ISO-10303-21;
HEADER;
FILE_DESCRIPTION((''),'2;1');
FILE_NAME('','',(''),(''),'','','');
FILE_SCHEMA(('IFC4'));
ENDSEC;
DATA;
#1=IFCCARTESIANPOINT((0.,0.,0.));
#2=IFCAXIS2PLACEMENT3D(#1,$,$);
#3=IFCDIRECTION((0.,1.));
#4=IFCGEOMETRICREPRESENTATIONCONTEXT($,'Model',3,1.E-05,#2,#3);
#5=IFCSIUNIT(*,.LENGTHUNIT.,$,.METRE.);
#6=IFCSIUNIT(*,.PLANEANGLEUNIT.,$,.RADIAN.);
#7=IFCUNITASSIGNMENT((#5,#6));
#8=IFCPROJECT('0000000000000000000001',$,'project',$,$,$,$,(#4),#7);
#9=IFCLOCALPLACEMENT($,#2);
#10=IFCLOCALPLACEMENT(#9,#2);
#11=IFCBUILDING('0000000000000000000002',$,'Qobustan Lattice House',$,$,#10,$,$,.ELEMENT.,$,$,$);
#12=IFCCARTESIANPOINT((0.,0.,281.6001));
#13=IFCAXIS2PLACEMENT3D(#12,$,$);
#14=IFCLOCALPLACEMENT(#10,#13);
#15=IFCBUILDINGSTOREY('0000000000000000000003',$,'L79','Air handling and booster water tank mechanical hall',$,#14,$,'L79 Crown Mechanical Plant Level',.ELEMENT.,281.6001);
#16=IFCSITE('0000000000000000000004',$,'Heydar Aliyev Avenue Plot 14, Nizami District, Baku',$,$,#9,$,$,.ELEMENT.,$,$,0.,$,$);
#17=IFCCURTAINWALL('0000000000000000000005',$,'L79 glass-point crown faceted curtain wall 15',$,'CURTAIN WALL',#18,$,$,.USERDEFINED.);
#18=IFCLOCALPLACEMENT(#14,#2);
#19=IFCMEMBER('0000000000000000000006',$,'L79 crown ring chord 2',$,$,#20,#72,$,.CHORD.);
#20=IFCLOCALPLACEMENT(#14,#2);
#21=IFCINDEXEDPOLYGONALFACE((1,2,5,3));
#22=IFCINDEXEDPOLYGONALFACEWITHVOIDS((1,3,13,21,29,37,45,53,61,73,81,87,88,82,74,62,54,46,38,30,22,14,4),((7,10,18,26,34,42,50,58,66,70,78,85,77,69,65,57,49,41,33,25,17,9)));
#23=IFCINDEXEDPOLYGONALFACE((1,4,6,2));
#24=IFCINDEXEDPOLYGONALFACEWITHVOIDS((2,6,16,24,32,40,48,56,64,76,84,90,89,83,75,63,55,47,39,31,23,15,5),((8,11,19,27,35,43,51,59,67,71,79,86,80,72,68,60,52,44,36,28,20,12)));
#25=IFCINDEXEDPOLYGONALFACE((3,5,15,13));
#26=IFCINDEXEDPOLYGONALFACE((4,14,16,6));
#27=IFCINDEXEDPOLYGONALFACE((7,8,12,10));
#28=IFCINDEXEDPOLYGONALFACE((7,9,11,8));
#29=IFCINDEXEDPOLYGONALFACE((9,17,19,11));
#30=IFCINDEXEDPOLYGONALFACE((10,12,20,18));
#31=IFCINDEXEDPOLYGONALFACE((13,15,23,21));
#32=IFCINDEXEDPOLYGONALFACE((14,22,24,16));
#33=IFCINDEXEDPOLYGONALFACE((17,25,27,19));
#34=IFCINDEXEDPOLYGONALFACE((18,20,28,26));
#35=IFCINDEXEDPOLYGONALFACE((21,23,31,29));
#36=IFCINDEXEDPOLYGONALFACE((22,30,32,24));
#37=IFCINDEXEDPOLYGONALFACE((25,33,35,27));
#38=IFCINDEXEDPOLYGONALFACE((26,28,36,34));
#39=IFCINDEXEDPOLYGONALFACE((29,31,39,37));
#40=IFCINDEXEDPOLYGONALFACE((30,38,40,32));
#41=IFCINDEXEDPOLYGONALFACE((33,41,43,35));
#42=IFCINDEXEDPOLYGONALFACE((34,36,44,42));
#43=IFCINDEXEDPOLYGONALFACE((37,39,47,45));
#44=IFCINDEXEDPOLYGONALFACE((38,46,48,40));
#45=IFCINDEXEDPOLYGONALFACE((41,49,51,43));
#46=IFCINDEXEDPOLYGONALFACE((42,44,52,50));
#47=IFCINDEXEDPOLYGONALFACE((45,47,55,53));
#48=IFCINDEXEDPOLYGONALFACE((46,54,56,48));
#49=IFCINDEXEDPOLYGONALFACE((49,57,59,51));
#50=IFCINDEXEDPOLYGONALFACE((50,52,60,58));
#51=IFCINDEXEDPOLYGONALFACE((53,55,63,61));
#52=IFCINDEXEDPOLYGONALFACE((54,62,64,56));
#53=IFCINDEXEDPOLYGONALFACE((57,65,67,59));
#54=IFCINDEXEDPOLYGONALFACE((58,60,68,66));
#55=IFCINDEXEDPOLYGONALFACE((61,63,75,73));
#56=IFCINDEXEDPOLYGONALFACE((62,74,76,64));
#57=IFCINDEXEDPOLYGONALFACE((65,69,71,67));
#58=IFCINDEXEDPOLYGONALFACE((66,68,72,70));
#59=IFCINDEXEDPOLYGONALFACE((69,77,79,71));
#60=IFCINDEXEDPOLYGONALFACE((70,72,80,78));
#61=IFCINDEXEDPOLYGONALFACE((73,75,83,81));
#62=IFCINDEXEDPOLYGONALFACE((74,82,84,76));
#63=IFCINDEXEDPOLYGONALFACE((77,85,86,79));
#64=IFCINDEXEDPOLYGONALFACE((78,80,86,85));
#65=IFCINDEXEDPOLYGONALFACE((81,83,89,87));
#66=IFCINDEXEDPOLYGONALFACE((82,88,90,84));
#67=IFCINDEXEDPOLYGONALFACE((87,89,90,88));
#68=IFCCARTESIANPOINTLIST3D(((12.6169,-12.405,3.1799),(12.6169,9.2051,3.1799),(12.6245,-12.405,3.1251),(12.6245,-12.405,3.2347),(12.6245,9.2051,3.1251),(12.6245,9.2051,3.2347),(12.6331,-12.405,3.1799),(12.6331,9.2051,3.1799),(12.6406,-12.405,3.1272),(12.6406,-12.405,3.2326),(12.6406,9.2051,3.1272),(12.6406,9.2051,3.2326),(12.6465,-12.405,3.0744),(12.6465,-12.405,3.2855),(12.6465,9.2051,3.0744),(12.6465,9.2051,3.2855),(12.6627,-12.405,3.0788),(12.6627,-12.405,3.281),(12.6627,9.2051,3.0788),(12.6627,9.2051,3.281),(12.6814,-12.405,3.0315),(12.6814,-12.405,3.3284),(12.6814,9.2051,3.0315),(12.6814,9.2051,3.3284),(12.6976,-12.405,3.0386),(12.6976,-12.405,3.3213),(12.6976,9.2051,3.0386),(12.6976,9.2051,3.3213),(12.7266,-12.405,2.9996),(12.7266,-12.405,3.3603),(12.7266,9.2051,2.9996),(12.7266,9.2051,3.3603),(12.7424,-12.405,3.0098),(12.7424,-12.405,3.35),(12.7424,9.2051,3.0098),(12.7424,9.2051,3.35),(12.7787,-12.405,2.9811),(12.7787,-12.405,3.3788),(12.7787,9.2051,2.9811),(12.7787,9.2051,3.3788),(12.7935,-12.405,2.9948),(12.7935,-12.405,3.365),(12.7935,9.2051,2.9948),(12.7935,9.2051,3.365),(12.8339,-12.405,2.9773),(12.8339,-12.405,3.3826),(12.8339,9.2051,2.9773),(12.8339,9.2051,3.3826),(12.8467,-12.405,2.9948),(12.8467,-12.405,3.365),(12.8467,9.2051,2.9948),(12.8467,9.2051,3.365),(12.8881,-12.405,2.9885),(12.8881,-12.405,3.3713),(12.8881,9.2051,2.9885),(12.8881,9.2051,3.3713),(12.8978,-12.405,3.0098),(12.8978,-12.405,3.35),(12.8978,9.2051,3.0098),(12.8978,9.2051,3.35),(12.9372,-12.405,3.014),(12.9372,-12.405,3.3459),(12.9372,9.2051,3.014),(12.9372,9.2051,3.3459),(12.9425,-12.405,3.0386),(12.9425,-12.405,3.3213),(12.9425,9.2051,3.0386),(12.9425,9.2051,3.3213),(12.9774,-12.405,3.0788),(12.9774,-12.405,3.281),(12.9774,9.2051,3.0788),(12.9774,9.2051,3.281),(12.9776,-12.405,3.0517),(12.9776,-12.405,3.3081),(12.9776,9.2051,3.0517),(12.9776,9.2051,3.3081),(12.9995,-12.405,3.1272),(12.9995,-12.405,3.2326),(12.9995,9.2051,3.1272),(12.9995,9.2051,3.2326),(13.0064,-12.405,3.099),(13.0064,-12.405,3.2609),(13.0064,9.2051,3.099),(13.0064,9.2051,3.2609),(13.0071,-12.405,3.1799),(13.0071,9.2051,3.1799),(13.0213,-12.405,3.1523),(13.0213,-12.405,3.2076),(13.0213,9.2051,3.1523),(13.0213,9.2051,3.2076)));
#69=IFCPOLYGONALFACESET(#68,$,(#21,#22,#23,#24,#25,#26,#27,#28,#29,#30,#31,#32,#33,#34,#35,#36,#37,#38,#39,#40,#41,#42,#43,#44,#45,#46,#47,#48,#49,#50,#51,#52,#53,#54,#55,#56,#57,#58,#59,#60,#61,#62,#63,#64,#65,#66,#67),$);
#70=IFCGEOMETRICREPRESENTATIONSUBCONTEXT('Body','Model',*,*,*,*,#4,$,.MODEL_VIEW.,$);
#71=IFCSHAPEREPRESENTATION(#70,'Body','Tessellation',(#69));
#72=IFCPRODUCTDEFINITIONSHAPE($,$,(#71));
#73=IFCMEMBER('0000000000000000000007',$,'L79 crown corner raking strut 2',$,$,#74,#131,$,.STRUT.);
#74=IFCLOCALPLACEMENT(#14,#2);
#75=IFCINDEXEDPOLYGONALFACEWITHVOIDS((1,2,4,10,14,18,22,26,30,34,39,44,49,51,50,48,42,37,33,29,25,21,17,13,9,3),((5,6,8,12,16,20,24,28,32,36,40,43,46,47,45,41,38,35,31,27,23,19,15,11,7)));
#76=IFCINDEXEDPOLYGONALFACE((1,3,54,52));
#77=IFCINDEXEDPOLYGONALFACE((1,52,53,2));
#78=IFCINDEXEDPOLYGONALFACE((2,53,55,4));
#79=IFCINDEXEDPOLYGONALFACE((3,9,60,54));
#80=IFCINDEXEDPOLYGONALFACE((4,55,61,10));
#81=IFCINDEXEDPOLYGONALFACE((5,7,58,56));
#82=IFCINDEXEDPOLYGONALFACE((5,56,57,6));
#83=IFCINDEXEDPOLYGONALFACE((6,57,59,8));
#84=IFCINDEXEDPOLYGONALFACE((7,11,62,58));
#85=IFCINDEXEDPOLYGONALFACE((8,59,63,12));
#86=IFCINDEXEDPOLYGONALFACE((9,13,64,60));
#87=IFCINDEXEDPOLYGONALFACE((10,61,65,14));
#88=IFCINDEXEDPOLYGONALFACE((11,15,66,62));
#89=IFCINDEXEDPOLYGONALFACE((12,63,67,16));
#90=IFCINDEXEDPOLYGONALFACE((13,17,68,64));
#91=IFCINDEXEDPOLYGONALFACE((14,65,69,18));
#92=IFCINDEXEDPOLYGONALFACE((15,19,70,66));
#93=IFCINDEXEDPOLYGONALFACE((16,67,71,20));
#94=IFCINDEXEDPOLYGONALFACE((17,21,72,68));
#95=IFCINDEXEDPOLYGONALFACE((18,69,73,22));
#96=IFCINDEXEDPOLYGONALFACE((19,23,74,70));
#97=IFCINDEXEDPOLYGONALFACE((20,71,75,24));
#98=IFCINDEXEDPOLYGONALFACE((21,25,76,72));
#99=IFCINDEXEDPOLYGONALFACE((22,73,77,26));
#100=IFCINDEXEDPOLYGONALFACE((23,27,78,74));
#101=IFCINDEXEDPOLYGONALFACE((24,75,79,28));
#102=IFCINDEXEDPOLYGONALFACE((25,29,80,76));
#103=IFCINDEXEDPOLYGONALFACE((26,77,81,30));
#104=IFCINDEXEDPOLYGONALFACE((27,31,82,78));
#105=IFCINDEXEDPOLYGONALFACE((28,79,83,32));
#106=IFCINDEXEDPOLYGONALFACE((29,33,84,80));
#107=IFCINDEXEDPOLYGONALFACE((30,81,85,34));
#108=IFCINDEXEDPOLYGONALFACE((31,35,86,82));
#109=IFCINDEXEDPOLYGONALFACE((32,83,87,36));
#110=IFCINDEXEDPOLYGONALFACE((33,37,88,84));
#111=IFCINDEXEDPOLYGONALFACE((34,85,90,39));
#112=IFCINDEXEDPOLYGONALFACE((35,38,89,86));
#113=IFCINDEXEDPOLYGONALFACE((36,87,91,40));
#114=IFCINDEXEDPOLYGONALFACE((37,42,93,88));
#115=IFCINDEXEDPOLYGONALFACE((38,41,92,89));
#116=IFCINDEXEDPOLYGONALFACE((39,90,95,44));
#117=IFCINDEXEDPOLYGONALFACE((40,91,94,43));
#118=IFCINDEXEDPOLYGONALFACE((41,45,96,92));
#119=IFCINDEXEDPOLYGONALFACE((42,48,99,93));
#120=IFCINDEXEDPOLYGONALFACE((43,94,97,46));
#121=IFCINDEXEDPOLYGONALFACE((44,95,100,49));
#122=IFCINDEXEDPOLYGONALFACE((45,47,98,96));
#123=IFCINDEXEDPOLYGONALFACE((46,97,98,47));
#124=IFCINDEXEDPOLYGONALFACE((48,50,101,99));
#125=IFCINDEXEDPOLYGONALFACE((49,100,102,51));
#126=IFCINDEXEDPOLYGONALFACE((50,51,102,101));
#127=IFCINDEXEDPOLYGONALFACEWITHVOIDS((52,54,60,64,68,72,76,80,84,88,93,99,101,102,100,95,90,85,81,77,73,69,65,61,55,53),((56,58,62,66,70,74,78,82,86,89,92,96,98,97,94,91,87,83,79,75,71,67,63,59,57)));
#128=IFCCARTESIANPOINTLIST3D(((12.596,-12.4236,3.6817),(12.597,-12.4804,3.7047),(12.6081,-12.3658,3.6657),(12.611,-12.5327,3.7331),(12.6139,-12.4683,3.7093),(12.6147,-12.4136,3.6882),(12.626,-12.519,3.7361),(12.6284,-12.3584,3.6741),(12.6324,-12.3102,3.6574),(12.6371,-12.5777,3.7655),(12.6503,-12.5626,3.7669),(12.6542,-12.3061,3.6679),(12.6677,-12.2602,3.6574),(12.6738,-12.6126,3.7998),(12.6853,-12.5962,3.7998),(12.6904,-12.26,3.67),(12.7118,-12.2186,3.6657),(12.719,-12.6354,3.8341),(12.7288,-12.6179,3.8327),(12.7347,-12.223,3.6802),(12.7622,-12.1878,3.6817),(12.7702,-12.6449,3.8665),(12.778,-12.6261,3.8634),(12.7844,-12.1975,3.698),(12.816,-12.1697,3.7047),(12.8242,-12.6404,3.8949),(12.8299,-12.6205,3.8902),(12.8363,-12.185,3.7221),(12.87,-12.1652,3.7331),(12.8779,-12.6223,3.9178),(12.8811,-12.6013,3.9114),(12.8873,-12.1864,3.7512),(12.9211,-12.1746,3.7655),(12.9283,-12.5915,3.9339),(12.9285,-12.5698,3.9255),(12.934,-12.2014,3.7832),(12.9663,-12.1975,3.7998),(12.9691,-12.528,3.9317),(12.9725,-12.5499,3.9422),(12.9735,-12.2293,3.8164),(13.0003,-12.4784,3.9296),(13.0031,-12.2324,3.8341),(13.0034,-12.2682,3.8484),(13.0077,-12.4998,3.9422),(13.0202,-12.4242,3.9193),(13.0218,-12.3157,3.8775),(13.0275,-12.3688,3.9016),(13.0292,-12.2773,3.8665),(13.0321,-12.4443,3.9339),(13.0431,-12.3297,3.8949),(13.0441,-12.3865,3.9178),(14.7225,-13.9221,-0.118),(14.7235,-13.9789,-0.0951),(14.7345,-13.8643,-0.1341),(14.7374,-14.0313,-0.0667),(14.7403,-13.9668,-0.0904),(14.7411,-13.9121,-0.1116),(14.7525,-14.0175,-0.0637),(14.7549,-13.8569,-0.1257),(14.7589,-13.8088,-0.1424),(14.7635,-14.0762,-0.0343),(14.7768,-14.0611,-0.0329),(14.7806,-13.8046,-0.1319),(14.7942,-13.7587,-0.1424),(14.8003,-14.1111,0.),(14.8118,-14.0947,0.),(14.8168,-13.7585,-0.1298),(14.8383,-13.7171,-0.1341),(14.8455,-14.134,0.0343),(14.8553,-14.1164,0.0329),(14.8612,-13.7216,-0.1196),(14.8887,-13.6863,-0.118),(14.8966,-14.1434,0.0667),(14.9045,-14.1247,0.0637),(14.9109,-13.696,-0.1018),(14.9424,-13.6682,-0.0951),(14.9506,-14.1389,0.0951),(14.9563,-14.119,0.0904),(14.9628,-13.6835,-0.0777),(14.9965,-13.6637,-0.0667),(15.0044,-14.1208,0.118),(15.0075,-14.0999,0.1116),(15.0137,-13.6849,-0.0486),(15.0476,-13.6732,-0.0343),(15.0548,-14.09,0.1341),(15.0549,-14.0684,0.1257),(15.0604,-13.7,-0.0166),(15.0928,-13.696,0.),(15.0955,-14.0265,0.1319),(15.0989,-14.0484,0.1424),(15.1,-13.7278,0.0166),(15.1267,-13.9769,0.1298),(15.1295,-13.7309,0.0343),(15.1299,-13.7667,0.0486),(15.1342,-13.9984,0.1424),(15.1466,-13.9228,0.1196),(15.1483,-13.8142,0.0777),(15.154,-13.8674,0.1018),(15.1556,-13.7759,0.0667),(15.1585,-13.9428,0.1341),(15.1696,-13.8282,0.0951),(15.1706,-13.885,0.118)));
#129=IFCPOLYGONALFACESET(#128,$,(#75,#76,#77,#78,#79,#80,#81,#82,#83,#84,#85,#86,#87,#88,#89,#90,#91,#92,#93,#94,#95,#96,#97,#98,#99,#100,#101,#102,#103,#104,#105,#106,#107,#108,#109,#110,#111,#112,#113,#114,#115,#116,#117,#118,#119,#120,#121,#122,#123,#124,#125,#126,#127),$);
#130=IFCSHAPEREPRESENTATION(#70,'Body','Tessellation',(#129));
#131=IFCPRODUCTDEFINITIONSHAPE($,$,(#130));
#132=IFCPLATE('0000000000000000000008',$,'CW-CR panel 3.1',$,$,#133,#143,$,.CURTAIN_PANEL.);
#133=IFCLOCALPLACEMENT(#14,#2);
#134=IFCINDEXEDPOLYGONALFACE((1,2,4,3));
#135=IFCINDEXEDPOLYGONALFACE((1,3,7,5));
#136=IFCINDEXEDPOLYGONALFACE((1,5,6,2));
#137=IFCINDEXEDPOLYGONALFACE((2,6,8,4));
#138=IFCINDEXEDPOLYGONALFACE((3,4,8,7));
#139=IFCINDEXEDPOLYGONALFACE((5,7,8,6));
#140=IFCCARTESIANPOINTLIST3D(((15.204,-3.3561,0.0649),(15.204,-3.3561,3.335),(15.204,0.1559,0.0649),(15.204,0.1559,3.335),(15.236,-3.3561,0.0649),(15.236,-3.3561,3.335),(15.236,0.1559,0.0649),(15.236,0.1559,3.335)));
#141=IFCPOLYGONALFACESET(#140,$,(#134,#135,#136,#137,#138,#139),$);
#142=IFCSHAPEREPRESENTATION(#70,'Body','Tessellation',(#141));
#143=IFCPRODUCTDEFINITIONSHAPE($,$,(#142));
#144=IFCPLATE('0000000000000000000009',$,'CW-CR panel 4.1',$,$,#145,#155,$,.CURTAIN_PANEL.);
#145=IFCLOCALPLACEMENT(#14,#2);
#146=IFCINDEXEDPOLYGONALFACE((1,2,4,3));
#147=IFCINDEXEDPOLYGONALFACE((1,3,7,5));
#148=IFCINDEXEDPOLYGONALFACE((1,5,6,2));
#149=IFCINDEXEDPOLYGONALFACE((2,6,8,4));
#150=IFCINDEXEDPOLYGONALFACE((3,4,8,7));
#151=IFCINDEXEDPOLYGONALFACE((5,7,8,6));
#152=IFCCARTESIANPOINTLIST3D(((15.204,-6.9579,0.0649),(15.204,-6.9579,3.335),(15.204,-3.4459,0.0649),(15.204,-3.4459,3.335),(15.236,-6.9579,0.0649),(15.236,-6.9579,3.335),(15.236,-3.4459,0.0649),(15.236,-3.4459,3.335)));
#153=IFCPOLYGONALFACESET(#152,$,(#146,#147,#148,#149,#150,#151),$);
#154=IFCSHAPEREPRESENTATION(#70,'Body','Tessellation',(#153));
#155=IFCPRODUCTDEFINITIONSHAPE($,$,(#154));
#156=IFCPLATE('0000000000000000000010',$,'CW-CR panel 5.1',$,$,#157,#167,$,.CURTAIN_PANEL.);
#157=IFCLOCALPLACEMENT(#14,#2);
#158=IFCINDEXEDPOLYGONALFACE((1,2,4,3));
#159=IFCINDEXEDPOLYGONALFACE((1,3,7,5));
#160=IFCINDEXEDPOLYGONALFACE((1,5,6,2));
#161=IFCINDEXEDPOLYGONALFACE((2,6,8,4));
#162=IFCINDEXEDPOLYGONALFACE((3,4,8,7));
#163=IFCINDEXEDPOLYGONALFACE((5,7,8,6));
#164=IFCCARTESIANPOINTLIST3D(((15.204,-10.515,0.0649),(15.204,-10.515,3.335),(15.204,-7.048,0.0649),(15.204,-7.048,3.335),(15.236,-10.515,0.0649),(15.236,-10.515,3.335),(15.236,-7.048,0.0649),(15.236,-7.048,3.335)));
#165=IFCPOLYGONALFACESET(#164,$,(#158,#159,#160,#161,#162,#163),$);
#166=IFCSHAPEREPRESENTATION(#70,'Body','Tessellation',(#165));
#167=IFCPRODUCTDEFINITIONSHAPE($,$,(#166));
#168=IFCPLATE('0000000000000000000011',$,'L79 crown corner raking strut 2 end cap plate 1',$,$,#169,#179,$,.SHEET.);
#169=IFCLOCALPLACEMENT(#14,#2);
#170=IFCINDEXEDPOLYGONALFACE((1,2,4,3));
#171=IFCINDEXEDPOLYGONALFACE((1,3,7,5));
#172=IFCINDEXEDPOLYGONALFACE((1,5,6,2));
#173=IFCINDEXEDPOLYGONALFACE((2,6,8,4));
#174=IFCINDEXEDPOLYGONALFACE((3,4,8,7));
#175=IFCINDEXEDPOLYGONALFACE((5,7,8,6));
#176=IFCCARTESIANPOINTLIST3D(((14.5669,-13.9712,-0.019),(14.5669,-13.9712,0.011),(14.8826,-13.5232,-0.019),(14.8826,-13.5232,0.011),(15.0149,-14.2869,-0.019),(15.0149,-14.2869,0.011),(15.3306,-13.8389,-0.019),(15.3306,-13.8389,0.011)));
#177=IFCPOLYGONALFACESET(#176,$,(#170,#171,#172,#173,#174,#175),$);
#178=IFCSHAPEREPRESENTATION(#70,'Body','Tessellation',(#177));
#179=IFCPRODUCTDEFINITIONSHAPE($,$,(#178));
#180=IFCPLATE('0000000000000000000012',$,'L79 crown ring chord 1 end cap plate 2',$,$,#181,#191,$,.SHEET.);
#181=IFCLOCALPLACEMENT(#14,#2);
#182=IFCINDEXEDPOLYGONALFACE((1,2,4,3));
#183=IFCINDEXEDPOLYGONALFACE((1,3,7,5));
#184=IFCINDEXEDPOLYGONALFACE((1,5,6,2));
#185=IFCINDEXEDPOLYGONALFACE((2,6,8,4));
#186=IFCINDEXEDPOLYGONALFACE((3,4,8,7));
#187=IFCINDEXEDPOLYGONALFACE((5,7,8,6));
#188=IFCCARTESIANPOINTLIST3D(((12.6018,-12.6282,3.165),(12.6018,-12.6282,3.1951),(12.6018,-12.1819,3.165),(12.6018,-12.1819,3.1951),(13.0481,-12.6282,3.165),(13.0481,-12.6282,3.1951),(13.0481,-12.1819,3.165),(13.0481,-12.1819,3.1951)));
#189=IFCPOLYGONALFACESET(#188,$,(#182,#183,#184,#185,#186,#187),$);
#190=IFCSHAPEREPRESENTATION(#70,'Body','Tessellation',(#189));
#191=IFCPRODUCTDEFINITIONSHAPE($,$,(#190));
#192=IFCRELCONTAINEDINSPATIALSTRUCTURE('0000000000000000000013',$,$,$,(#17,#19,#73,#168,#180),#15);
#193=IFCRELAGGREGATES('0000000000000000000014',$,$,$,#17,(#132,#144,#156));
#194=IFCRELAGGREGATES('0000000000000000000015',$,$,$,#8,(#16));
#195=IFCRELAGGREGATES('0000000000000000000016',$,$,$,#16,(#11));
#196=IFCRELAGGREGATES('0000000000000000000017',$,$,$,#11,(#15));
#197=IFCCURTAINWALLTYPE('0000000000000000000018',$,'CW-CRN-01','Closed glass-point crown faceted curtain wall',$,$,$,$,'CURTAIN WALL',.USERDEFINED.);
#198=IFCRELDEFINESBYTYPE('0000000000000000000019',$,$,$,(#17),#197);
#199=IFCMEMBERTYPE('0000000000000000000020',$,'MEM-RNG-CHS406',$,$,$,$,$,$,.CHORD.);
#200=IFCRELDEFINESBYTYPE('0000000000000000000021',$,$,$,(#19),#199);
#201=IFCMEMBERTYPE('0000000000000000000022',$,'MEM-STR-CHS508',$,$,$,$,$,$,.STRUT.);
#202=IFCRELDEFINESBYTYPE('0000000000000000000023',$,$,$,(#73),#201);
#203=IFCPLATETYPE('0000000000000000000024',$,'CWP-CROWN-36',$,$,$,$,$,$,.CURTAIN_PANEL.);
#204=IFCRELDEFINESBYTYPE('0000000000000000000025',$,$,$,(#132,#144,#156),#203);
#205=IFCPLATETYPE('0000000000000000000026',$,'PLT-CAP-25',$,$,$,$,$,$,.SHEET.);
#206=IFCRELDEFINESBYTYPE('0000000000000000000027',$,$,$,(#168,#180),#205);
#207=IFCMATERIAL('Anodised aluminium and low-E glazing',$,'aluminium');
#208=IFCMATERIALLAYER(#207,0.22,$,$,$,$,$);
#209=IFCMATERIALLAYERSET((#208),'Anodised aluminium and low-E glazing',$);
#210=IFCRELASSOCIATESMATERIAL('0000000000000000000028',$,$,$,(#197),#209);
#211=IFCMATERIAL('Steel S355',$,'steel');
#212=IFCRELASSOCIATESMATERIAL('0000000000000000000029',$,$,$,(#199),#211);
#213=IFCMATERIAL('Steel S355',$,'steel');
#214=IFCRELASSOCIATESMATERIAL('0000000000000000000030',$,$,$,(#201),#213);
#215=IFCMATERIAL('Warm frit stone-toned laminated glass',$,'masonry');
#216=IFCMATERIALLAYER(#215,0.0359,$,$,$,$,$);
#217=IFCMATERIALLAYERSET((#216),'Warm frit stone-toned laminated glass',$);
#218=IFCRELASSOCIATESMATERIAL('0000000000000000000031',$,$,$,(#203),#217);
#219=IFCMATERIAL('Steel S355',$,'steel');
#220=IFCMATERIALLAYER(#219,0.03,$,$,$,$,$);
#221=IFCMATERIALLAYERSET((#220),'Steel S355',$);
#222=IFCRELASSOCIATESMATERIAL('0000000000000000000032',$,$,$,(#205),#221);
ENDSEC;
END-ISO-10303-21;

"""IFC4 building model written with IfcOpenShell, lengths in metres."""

from ifc_helpers import new_model, si_unit, direction, frame, origin, origin_2d, place, context, subcontext, project, spatial, rectangle, hollow_circle, extrude, material, layer, layer_set, material_profile, profile_set, type_object, element, aggregate, save


model = new_model("IFC4")

# Units and contexts
model_context = context("Model", 3, precision=1e-05, world=origin(), true_north=direction((0.0, 1.0)))
body_context = subcontext(model_context, "Body", "Model", "MODEL_VIEW")
ifc_project = project(units=[si_unit("LENGTHUNIT", "METRE"), si_unit("PLANEANGLEUNIT", "RADIAN")], contexts=[model_context])

# Site, building, storey
site_placement = place(None, origin())
site = spatial("IfcSite", under=ifc_project, at=site_placement, Name="Heydar Aliyev Avenue Plot 14, Nizami District, Baku", CompositionType="ELEMENT", RefElevation=0.0)
building_placement = place(site_placement, origin())
building = spatial("IfcBuilding", under=site, at=building_placement, Name="Qobustan Lattice House", CompositionType="ELEMENT")
storey_placement = place(building_placement, frame((0.0, 0.0, 281.6001)))
storey = spatial("IfcBuildingStorey", under=building, at=storey_placement, Name="L79", Description="Air handling and booster water tank mechanical hall", LongName="L79 Crown Mechanical Plant Level", CompositionType="ELEMENT", Elevation=281.6001)

# Curtain wall
ifc_material_1 = material(Name="Anodised aluminium and low-E glazing", Category="aluminium")
ifc_layer_1 = layer(ifc_material_1, 0.22)
ifc_layer_set_1 = layer_set([ifc_layer_1], Name="Anodised aluminium and low-E glazing")
curtain_wall_type = type_object("IfcCurtainWallType", Name="CW-CRN-01", Description="Closed glass-point crown faceted curtain wall", ElementType="CURTAIN WALL", PredefinedType="USERDEFINED", material=ifc_layer_set_1)
curtain_wall_1_placement = place(storey_placement, origin())
curtain_wall_1 = element("IfcCurtainWall", 1, at=curtain_wall_1_placement, inside=storey, type_object=curtain_wall_type, Name="L79 glass-point crown faceted curtain wall 15", ObjectType="CURTAIN WALL", PredefinedType="USERDEFINED")

# Members
ifc_material_2 = material(Name="Steel S355", Category="steel")
ifc_material_profile_1 = material_profile(ifc_material_2, hollow_circle(Radius=0.2031, WallThickness=0.0161, at=origin_2d()), Name="CHS406.4x16")
ifc_profile_set_1 = profile_set([ifc_material_profile_1], Name="Steel S355")
member_type_1 = type_object("IfcMemberType", Name="MEM-RNG-CHS406", PredefinedType="CHORD", material=ifc_profile_set_1)
member_1_placement = place(storey_placement, frame((12.8201, -12.405, 3.1799), z_axis=(0.0, 1.0, 0.0), x_axis=(-1.0, 0.0, 0.0)))
element("IfcMember", 2, at=member_1_placement, inside=storey, type_object=member_type_1, Name="L79 crown ring chord 2", PredefinedType="CHORD", context=body_context, shape_type="SweptSolid", body=[
    extrude(hollow_circle(Radius=0.2031, WallThickness=0.0161, at=origin_2d()), origin(), (0.0, 0.0, 1.0), 21.6101),
])
ifc_material_3 = material(Name="Steel S355", Category="steel")
ifc_material_profile_2 = material_profile(ifc_material_3, hollow_circle(Radius=0.2539, WallThickness=0.02, at=origin_2d()), Name="CHS508x20")
ifc_profile_set_2 = profile_set([ifc_material_profile_2], Name="Steel S355")
member_type_2 = type_object("IfcMemberType", Name="MEM-STR-CHS508", PredefinedType="STRUT", material=ifc_profile_set_2)
member_2_placement = place(storey_placement, frame((14.9465, -13.9036, 0.0), z_axis=(-0.461774, 0.325415, 0.825149), x_axis=(-0.576042, -0.81742, 0.0)))
element("IfcMember", 3, at=member_2_placement, inside=storey, type_object=member_type_2, Name="L79 crown corner raking strut 2", PredefinedType="STRUT", context=body_context, shape_type="SweptSolid", body=[
    extrude(hollow_circle(Radius=0.2539, WallThickness=0.02, at=origin_2d()), origin(), (0.0, 0.0, 1.0), 4.605),
])

# Plates
ifc_material_4 = material(Name="Warm frit stone-toned laminated glass", Category="masonry")
ifc_layer_2 = layer(ifc_material_4, 0.0359)
ifc_layer_set_2 = layer_set([ifc_layer_2], Name="Warm frit stone-toned laminated glass")
plate_type_1 = type_object("IfcPlateType", Name="CWP-CROWN-36", PredefinedType="CURTAIN_PANEL", material=ifc_layer_set_2)
plate_1_placement = place(storey_placement, frame((15.22, -1.6001, 0.0649), z_axis=(0.0, 0.0, 1.0), x_axis=(0.0, -1.0, 0.0)))
plate_1 = element("IfcPlate", 4, at=plate_1_placement, type_object=plate_type_1, Name="CW-CR panel 3.1", PredefinedType="CURTAIN_PANEL", context=body_context, shape_type="SweptSolid", body=[
    extrude(rectangle(XDim=3.512, YDim=0.032, at=origin_2d()), origin(), (0.0, 0.0, 1.0), 3.27),
])
plate_2_placement = place(storey_placement, frame((15.22, -5.2019, 0.0649), z_axis=(0.0, 0.0, 1.0), x_axis=(0.0, -1.0, 0.0)))
plate_2 = element("IfcPlate", 5, at=plate_2_placement, type_object=plate_type_1, Name="CW-CR panel 4.1", PredefinedType="CURTAIN_PANEL", context=body_context, shape_type="SweptSolid", body=[
    extrude(rectangle(XDim=3.512, YDim=0.032, at=origin_2d()), origin(), (0.0, 0.0, 1.0), 3.27),
])
plate_3_placement = place(storey_placement, frame((15.22, -8.7815, 0.0649), z_axis=(0.0, 0.0, 1.0), x_axis=(0.0, -1.0, 0.0)))
plate_3 = element("IfcPlate", 6, at=plate_3_placement, type_object=plate_type_1, Name="CW-CR panel 5.1", PredefinedType="CURTAIN_PANEL", context=body_context, shape_type="SweptSolid", body=[
    extrude(rectangle(XDim=3.467, YDim=0.032, at=origin_2d()), origin(), (0.0, 0.0, 1.0), 3.27),
])
aggregate(curtain_wall_1, [plate_1, plate_2, plate_3])

# Plates
ifc_material_5 = material(Name="Steel S355", Category="steel")
ifc_layer_3 = layer(ifc_material_5, 0.03)
ifc_layer_set_3 = layer_set([ifc_layer_3], Name="Steel S355")
plate_type_2 = type_object("IfcPlateType", Name="PLT-CAP-25", PredefinedType="SHEET", material=ifc_layer_set_3)
plate_4_placement = place(storey_placement, frame((14.9487, -13.905, -0.019), z_axis=(0.0, 0.0, 1.0), x_axis=(-0.817426, 0.576033, 0.0)))
element("IfcPlate", 7, at=plate_4_placement, inside=storey, type_object=plate_type_2, Name="L79 crown corner raking strut 2 end cap plate 1", PredefinedType="SHEET", context=body_context, shape_type="SweptSolid", body=[
    extrude(rectangle(XDim=0.5481, YDim=0.5481, at=origin_2d()), origin(), (0.0, 0.0, 1.0), 0.03),
])
plate_5_placement = place(storey_placement, frame((12.825, -12.405, 3.165), z_axis=(0.0, 0.0, 1.0), x_axis=(1.0, 0.0, 0.0)))
element("IfcPlate", 8, at=plate_5_placement, inside=storey, type_object=plate_type_2, Name="L79 crown ring chord 1 end cap plate 2", PredefinedType="SHEET", context=body_context, shape_type="SweptSolid", body=[
    extrude(rectangle(XDim=0.4463, YDim=0.4463, at=origin_2d()), origin(), (0.0, 0.0, 1.0), 0.03),
])

save(model, "model.ifc")
